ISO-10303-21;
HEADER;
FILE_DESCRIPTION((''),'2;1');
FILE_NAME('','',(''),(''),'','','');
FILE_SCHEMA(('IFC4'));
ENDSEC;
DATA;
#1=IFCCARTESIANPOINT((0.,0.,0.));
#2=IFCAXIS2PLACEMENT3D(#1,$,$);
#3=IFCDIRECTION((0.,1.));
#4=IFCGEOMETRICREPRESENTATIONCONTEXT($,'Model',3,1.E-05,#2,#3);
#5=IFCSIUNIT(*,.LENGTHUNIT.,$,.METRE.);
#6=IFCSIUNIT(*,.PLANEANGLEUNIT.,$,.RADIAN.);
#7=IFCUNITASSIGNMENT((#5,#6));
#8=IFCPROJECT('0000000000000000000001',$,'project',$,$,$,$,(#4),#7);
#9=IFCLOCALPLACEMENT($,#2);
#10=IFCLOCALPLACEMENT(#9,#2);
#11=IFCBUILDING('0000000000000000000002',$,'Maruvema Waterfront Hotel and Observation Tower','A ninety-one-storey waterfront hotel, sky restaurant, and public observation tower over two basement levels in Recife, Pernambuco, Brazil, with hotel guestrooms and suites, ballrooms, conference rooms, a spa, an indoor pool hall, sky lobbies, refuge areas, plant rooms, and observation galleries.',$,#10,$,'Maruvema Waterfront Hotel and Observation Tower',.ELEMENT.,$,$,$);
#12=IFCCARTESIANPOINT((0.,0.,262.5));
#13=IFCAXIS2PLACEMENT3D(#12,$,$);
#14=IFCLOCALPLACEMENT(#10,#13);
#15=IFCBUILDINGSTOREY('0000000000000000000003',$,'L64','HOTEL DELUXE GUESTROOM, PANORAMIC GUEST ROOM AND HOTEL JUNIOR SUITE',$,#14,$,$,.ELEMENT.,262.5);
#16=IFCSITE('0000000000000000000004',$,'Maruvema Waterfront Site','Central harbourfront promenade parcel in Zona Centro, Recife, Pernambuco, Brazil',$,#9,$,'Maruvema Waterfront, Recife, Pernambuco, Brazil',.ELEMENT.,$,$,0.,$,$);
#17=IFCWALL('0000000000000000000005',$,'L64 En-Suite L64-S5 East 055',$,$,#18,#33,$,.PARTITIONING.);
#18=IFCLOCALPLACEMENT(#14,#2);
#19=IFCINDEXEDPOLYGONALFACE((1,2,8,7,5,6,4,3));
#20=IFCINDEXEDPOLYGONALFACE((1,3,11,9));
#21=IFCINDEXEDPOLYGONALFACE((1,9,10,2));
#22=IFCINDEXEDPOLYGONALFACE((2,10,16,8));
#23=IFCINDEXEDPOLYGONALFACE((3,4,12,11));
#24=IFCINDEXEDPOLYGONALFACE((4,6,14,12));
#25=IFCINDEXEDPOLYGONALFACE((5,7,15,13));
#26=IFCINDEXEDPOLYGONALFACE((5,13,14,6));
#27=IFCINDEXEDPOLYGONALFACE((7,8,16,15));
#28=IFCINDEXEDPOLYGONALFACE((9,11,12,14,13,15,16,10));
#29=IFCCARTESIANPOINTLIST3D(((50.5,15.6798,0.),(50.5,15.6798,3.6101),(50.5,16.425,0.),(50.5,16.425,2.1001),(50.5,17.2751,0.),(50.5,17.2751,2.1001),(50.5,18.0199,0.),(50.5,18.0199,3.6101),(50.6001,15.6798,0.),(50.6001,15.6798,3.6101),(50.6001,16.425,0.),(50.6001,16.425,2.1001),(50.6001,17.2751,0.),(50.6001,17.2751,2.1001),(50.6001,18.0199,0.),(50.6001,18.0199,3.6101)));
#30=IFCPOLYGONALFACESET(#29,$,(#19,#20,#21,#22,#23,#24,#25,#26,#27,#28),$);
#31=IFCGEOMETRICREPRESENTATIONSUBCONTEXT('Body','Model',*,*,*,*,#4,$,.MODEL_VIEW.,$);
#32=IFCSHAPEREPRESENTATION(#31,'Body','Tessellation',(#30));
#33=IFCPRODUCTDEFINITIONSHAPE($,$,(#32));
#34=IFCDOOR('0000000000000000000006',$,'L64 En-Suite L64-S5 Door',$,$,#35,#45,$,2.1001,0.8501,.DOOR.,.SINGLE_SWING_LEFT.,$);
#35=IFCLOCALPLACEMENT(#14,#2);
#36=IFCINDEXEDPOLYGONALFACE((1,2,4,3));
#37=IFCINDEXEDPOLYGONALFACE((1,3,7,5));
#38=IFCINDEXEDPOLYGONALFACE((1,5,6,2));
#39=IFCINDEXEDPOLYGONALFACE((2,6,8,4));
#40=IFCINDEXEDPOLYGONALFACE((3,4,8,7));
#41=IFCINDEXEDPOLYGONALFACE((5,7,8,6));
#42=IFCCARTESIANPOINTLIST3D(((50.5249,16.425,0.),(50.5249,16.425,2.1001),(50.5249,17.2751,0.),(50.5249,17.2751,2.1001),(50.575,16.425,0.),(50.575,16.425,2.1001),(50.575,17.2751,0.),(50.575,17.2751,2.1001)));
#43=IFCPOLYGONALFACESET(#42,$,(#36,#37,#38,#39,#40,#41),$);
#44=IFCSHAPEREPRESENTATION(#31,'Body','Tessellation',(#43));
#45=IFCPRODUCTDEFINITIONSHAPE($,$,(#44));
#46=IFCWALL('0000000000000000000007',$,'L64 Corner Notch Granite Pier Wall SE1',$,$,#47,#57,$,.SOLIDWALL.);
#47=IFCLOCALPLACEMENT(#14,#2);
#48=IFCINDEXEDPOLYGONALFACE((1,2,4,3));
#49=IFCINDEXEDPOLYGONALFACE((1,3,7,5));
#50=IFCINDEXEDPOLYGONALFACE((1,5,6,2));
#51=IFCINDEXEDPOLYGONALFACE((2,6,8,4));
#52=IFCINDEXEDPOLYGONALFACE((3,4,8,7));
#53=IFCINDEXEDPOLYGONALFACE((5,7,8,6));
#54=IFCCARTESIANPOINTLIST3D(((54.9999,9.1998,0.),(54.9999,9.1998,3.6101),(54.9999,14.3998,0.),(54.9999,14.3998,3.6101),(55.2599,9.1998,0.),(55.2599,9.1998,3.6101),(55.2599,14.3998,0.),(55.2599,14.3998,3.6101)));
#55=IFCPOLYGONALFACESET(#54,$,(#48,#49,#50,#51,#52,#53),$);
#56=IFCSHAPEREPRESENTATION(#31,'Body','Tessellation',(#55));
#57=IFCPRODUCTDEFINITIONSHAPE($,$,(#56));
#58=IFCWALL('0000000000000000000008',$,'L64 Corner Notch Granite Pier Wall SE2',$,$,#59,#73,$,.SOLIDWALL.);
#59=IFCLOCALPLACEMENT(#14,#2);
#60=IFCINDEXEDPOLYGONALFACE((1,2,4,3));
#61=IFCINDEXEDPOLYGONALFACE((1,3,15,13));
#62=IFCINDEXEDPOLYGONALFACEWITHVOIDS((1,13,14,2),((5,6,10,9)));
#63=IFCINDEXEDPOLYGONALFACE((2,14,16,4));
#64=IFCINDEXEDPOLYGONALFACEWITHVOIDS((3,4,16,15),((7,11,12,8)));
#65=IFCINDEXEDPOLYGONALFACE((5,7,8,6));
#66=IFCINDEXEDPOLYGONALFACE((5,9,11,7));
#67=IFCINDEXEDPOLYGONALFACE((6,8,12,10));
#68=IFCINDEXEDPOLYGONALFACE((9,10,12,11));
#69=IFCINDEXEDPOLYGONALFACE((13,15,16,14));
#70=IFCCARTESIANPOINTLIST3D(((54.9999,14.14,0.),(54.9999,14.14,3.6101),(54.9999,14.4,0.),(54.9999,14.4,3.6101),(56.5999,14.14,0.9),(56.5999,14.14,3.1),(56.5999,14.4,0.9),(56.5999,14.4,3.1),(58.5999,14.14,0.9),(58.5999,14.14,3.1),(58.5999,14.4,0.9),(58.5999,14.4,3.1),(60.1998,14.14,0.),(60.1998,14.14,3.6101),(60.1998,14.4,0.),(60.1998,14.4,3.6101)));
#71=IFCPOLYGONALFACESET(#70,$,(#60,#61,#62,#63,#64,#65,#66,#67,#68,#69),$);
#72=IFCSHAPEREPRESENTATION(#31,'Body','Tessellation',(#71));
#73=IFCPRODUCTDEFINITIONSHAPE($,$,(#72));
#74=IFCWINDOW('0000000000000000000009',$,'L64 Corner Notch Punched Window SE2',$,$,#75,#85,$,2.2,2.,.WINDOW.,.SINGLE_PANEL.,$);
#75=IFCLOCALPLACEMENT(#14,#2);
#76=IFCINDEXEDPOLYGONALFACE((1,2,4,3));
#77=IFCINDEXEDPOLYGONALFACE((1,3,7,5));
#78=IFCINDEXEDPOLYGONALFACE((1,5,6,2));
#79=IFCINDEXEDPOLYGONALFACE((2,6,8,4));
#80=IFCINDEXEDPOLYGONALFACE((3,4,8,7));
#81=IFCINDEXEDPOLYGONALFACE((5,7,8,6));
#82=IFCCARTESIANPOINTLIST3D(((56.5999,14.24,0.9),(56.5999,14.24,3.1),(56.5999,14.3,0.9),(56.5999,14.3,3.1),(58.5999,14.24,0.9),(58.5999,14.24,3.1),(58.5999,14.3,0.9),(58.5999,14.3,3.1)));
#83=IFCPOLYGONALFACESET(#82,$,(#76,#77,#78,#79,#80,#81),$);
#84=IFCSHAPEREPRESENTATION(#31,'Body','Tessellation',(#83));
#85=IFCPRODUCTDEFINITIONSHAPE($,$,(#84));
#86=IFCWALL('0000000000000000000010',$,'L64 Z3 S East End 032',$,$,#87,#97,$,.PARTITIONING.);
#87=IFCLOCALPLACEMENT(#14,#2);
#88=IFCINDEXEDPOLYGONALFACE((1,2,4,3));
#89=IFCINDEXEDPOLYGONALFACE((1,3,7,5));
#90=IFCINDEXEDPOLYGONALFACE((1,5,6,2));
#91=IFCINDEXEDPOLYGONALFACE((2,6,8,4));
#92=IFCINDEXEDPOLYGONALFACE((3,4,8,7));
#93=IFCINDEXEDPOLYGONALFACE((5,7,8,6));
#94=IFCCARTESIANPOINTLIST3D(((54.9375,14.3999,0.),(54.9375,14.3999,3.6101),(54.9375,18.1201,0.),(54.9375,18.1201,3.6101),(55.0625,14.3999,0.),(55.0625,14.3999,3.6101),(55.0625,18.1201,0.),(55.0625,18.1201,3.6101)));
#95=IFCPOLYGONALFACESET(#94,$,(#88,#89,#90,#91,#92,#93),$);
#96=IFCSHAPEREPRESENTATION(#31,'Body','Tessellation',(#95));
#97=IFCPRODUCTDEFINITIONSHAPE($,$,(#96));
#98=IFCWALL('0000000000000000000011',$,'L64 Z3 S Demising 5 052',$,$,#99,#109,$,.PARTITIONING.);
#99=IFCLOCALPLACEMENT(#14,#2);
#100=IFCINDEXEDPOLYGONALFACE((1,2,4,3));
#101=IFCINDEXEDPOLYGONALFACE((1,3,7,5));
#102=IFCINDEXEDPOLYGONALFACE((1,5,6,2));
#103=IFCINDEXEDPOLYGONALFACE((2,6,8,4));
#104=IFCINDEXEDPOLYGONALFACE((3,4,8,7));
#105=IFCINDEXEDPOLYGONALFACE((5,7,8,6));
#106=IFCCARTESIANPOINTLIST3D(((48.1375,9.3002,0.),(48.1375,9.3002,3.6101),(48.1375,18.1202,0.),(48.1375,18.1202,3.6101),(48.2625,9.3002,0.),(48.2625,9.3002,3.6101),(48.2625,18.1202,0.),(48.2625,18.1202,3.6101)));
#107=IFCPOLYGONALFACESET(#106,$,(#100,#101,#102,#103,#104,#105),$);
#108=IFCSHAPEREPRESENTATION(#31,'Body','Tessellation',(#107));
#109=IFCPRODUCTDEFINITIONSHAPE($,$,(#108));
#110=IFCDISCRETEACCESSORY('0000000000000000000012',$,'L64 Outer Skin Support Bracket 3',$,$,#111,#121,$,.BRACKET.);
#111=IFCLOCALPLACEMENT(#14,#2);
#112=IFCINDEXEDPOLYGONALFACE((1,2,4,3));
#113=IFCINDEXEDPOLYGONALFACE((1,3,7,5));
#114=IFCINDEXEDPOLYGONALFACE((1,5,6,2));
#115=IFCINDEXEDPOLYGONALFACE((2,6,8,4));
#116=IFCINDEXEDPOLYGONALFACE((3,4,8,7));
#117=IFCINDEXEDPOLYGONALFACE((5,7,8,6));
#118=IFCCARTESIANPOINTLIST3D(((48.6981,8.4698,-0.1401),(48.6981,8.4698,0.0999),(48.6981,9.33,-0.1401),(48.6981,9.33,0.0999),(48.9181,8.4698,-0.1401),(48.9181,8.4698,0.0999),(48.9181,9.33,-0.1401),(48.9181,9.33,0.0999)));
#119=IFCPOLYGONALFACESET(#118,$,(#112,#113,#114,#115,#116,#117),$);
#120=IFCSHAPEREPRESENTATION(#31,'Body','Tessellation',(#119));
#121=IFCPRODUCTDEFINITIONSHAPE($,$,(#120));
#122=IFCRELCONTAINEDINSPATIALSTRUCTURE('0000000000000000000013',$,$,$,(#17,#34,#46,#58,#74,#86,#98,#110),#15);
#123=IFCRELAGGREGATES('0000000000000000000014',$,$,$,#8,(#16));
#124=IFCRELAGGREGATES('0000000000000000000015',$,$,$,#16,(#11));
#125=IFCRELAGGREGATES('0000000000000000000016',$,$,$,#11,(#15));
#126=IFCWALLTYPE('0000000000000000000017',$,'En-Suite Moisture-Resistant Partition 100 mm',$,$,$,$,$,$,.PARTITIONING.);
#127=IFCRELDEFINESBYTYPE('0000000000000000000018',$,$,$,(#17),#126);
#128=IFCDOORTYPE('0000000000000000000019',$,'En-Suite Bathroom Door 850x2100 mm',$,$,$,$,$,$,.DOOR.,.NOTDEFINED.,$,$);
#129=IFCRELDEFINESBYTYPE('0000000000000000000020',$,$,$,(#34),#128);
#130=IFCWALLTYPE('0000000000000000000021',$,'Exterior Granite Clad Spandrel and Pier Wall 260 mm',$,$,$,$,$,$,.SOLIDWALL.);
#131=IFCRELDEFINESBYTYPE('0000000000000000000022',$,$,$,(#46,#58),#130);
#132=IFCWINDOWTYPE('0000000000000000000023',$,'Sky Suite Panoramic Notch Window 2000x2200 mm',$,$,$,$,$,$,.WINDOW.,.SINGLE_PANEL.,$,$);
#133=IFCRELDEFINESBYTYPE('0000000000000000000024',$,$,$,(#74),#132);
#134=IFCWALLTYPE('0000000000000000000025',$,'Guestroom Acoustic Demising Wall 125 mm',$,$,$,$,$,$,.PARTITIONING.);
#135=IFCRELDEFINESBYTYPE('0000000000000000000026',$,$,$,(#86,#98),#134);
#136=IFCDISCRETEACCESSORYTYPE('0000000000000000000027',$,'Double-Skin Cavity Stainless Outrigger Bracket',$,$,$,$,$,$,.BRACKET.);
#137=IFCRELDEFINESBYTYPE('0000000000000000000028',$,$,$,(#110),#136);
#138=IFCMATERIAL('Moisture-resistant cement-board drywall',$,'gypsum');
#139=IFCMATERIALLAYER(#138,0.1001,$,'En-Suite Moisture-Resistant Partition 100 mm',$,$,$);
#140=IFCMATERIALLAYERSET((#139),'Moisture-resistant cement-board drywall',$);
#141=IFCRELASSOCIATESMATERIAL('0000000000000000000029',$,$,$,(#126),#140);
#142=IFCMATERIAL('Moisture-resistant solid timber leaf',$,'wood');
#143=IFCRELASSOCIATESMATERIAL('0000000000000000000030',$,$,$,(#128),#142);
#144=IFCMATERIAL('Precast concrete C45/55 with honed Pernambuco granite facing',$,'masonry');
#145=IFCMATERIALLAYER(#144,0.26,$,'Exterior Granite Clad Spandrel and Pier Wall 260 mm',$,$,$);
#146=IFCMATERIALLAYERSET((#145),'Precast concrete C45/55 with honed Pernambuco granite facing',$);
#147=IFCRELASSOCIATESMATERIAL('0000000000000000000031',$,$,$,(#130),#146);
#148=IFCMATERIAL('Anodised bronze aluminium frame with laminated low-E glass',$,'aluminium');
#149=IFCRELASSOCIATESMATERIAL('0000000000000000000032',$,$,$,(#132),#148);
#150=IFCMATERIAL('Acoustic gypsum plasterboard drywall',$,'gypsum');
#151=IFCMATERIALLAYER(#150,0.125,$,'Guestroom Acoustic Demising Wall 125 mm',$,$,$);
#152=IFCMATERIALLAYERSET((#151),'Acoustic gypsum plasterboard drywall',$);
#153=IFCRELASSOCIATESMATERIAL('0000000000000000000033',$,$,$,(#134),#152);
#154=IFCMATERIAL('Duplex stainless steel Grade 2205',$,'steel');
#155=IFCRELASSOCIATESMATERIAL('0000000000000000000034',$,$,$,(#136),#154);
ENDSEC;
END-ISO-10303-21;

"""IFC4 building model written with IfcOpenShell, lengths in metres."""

from ifc_helpers import new_model, si_unit, direction, frame, frame_2d, origin, origin_2d, place, context, subcontext, project, spatial, rectangle, extrude, material, layer, layer_set, type_object, element, fill, save


model = new_model("IFC4")

# Units and contexts
model_context = context("Model", 3, precision=1e-05, world=origin(), true_north=direction((0.0, 1.0)))
body_context = subcontext(model_context, "Body", "Model", "MODEL_VIEW")
ifc_project = project(units=[si_unit("LENGTHUNIT", "METRE"), si_unit("PLANEANGLEUNIT", "RADIAN")], contexts=[model_context])

# Site, building, storey
site_placement = place(None, origin())
site = spatial("IfcSite", under=ifc_project, at=site_placement, Name="Maruvema Waterfront Site", Description="Central harbourfront promenade parcel in Zona Centro, Recife, Pernambuco, Brazil", LongName="Maruvema Waterfront, Recife, Pernambuco, Brazil", CompositionType="ELEMENT", RefElevation=0.0)
building_placement = place(site_placement, origin())
building = spatial("IfcBuilding", under=site, at=building_placement, Name="Maruvema Waterfront Hotel and Observation Tower", Description="A ninety-one-storey waterfront hotel, sky restaurant, and public observation tower over two basement levels in Recife, Pernambuco, Brazil, with hotel guestrooms and suites, ballrooms, conference rooms, a spa, an indoor pool hall, sky lobbies, refuge areas, plant rooms, and observation galleries.", LongName="Maruvema Waterfront Hotel and Observation Tower", CompositionType="ELEMENT")
storey_placement = place(building_placement, frame((0.0, 0.0, 262.5)))
storey = spatial("IfcBuildingStorey", under=building, at=storey_placement, Name="L64", Description="HOTEL DELUXE GUESTROOM, PANORAMIC GUEST ROOM AND HOTEL JUNIOR SUITE", CompositionType="ELEMENT", Elevation=262.5)

# Shared definitions
ifc_material_1 = material(Name="Moisture-resistant cement-board drywall", Category="gypsum")
ifc_layer_1 = layer(ifc_material_1, 0.1001, Name="En-Suite Moisture-Resistant Partition 100 mm")
ifc_layer_set_1 = layer_set([ifc_layer_1], Name="Moisture-resistant cement-board drywall")
wall_type_1 = type_object("IfcWallType", Name="En-Suite Moisture-Resistant Partition 100 mm", PredefinedType="PARTITIONING", material=ifc_layer_set_1)

# Wall, opening, door
wall_1_placement = place(storey_placement, frame((50.55, 15.6799, 0.0), z_axis=(0.0, 0.0, 1.0), x_axis=(0.0, 1.0, 0.0)))
wall_1 = element("IfcWall", 1, at=wall_1_placement, inside=storey, type_object=wall_type_1, Name="L64 En-Suite L64-S5 East 055", PredefinedType="PARTITIONING", context=body_context, shape_type="SweptSolid", body=[
    extrude(rectangle(XDim=2.3401, YDim=0.1001, at=frame_2d((1.1699, 0.0))), origin(), (0.0, 0.0, 1.0), 3.6101),
])
opening_1_placement = place(wall_1_placement, frame((0.7451, 0.0, 0.0)))
opening_1 = element("IfcOpeningElement", 2, at=opening_1_placement, cuts=wall_1, PredefinedType="OPENING", context=body_context, shape_type="SweptSolid", body=[
    extrude(rectangle(XDim=0.8501, YDim=2.1001, at=frame_2d((0.425, 1.05))), frame((0.0, 0.0601, 0.0), z_axis=(0.0, -1.0, 0.0), x_axis=(1.0, 0.0, 0.0)), (0.0, 0.0, 1.0), 0.1201),
])
ifc_material_2 = material(Name="Moisture-resistant solid timber leaf", Category="wood")
door_type = type_object("IfcDoorType", Name="En-Suite Bathroom Door 850x2100 mm", OperationType="NOTDEFINED", PredefinedType="DOOR", material=ifc_material_2)
door_placement = place(opening_1_placement, frame((0.8501, 0.0, 0.0), z_axis=(0.0, 0.0, 1.0), x_axis=(-1.0, 0.0, 0.0)))
door = element("IfcDoor", 3, at=door_placement, inside=storey, type_object=door_type, Name="L64 En-Suite L64-S5 Door", OperationType="SINGLE_SWING_LEFT", OverallHeight=2.1001, OverallWidth=0.8501, PredefinedType="DOOR", context=body_context, shape_type="SweptSolid", body=[
    extrude(rectangle(XDim=0.8501, YDim=2.1001, at=frame_2d((0.425, 1.05))), frame((0.0, 0.0249, 0.0), z_axis=(0.0, -1.0, 0.0), x_axis=(1.0, 0.0, 0.0)), (0.0, 0.0, 1.0), 0.05),
])
fill(opening_1, door)

# Wall
ifc_material_3 = material(Name="Precast concrete C45/55 with honed Pernambuco granite facing", Category="masonry")
ifc_layer_2 = layer(ifc_material_3, 0.26, Name="Exterior Granite Clad Spandrel and Pier Wall 260 mm")
ifc_layer_set_2 = layer_set([ifc_layer_2], Name="Precast concrete C45/55 with honed Pernambuco granite facing")
wall_type_2 = type_object("IfcWallType", Name="Exterior Granite Clad Spandrel and Pier Wall 260 mm", PredefinedType="SOLIDWALL", material=ifc_layer_set_2)
wall_2_placement = place(storey_placement, frame((55.1299, 14.3999, 0.0), z_axis=(0.0, 0.0, 1.0), x_axis=(0.0, -1.0, 0.0)))
element("IfcWall", 4, at=wall_2_placement, inside=storey, type_object=wall_type_2, Name="L64 Corner Notch Granite Pier Wall SE1", PredefinedType="SOLIDWALL", context=body_context, shape_type="SweptSolid", body=[
    extrude(rectangle(XDim=5.2, YDim=0.26, at=frame_2d((2.6001, 0.0))), origin(), (0.0, 0.0, 1.0), 3.6101),
])

# Wall, opening, window
wall_3_placement = place(storey_placement, frame((60.2, 14.27, 0.0), z_axis=(0.0, 0.0, 1.0), x_axis=(-1.0, 0.0, 0.0)))
wall_3 = element("IfcWall", 5, at=wall_3_placement, inside=storey, type_object=wall_type_2, Name="L64 Corner Notch Granite Pier Wall SE2", PredefinedType="SOLIDWALL", context=body_context, shape_type="SweptSolid", body=[
    extrude(rectangle(XDim=5.2, YDim=0.26, at=frame_2d((2.6001, 0.0))), origin(), (0.0, 0.0, 1.0), 3.6101),
])
opening_2_placement = place(wall_3_placement, frame((1.6001, 0.0, 0.8999)))
opening_2 = element("IfcOpeningElement", 6, at=opening_2_placement, cuts=wall_3, PredefinedType="OPENING", context=body_context, shape_type="SweptSolid", body=[
    extrude(rectangle(XDim=2.0, YDim=2.2, at=frame_2d((1.0, 1.1001))), frame((0.0, 0.1401, 0.0), z_axis=(0.0, -1.0, 0.0), x_axis=(1.0, 0.0, 0.0)), (0.0, 0.0, 1.0), 0.28),
])
ifc_material_4 = material(Name="Anodised bronze aluminium frame with laminated low-E glass", Category="aluminium")
window_type = type_object("IfcWindowType", Name="Sky Suite Panoramic Notch Window 2000x2200 mm", PartitioningType="SINGLE_PANEL", PredefinedType="WINDOW", material=ifc_material_4)
window_placement = place(opening_2_placement, origin())
window = element("IfcWindow", 7, at=window_placement, inside=storey, type_object=window_type, Name="L64 Corner Notch Punched Window SE2", OverallHeight=2.2, OverallWidth=2.0, PartitioningType="SINGLE_PANEL", PredefinedType="WINDOW", context=body_context, shape_type="SweptSolid", body=[
    extrude(rectangle(XDim=2.0, YDim=2.2, at=frame_2d((1.0, 1.1001))), frame((0.0, 0.03, 0.0), z_axis=(0.0, -1.0, 0.0), x_axis=(1.0, 0.0, 0.0)), (0.0, 0.0, 1.0), 0.0601),
])
fill(opening_2, window)

# Walls
ifc_material_5 = material(Name="Acoustic gypsum plasterboard drywall", Category="gypsum")
ifc_layer_3 = layer(ifc_material_5, 0.125, Name="Guestroom Acoustic Demising Wall 125 mm")
ifc_layer_set_3 = layer_set([ifc_layer_3], Name="Acoustic gypsum plasterboard drywall")
wall_type_3 = type_object("IfcWallType", Name="Guestroom Acoustic Demising Wall 125 mm", PredefinedType="PARTITIONING", material=ifc_layer_set_3)
wall_4_placement = place(storey_placement, frame((55.0, 14.3999, 0.0), z_axis=(0.0, 0.0, 1.0), x_axis=(0.0, 1.0, 0.0)))
element("IfcWall", 8, at=wall_4_placement, inside=storey, type_object=wall_type_3, Name="L64 Z3 S East End 032", PredefinedType="PARTITIONING", context=body_context, shape_type="SweptSolid", body=[
    extrude(rectangle(XDim=3.7202, YDim=0.125, at=frame_2d((1.8601, 0.0))), origin(), (0.0, 0.0, 1.0), 3.6101),
])
wall_5_placement = place(storey_placement, frame((48.2, 9.3, 0.0), z_axis=(0.0, 0.0, 1.0), x_axis=(0.0, 1.0, 0.0)))
element("IfcWall", 9, at=wall_5_placement, inside=storey, type_object=wall_type_3, Name="L64 Z3 S Demising 5 052", PredefinedType="PARTITIONING", context=body_context, shape_type="SweptSolid", body=[
    extrude(rectangle(XDim=8.8201, YDim=0.125, at=frame_2d((4.4102, 0.0))), origin(), (0.0, 0.0, 1.0), 3.6101),
])

# Discrete accessory
ifc_material_6 = material(Name="Duplex stainless steel Grade 2205", Category="steel")
discrete_accessory_type = type_object("IfcDiscreteAccessoryType", Name="Double-Skin Cavity Stainless Outrigger Bracket", PredefinedType="BRACKET", material=ifc_material_6)
discrete_accessory_placement = place(storey_placement, frame((48.8081, 8.8999, -0.1401), z_axis=(0.0, 0.0, 1.0), x_axis=(1.0, 0.0, 0.0)))
element("IfcDiscreteAccessory", 10, at=discrete_accessory_placement, inside=storey, type_object=discrete_accessory_type, Name="L64 Outer Skin Support Bracket 3", PredefinedType="BRACKET", context=body_context, shape_type="SweptSolid", body=[
    extrude(rectangle(XDim=0.22, YDim=0.8601, at=origin_2d()), origin(), (0.0, 0.0, 1.0), 0.24),
])

save(model, "model.ifc")
